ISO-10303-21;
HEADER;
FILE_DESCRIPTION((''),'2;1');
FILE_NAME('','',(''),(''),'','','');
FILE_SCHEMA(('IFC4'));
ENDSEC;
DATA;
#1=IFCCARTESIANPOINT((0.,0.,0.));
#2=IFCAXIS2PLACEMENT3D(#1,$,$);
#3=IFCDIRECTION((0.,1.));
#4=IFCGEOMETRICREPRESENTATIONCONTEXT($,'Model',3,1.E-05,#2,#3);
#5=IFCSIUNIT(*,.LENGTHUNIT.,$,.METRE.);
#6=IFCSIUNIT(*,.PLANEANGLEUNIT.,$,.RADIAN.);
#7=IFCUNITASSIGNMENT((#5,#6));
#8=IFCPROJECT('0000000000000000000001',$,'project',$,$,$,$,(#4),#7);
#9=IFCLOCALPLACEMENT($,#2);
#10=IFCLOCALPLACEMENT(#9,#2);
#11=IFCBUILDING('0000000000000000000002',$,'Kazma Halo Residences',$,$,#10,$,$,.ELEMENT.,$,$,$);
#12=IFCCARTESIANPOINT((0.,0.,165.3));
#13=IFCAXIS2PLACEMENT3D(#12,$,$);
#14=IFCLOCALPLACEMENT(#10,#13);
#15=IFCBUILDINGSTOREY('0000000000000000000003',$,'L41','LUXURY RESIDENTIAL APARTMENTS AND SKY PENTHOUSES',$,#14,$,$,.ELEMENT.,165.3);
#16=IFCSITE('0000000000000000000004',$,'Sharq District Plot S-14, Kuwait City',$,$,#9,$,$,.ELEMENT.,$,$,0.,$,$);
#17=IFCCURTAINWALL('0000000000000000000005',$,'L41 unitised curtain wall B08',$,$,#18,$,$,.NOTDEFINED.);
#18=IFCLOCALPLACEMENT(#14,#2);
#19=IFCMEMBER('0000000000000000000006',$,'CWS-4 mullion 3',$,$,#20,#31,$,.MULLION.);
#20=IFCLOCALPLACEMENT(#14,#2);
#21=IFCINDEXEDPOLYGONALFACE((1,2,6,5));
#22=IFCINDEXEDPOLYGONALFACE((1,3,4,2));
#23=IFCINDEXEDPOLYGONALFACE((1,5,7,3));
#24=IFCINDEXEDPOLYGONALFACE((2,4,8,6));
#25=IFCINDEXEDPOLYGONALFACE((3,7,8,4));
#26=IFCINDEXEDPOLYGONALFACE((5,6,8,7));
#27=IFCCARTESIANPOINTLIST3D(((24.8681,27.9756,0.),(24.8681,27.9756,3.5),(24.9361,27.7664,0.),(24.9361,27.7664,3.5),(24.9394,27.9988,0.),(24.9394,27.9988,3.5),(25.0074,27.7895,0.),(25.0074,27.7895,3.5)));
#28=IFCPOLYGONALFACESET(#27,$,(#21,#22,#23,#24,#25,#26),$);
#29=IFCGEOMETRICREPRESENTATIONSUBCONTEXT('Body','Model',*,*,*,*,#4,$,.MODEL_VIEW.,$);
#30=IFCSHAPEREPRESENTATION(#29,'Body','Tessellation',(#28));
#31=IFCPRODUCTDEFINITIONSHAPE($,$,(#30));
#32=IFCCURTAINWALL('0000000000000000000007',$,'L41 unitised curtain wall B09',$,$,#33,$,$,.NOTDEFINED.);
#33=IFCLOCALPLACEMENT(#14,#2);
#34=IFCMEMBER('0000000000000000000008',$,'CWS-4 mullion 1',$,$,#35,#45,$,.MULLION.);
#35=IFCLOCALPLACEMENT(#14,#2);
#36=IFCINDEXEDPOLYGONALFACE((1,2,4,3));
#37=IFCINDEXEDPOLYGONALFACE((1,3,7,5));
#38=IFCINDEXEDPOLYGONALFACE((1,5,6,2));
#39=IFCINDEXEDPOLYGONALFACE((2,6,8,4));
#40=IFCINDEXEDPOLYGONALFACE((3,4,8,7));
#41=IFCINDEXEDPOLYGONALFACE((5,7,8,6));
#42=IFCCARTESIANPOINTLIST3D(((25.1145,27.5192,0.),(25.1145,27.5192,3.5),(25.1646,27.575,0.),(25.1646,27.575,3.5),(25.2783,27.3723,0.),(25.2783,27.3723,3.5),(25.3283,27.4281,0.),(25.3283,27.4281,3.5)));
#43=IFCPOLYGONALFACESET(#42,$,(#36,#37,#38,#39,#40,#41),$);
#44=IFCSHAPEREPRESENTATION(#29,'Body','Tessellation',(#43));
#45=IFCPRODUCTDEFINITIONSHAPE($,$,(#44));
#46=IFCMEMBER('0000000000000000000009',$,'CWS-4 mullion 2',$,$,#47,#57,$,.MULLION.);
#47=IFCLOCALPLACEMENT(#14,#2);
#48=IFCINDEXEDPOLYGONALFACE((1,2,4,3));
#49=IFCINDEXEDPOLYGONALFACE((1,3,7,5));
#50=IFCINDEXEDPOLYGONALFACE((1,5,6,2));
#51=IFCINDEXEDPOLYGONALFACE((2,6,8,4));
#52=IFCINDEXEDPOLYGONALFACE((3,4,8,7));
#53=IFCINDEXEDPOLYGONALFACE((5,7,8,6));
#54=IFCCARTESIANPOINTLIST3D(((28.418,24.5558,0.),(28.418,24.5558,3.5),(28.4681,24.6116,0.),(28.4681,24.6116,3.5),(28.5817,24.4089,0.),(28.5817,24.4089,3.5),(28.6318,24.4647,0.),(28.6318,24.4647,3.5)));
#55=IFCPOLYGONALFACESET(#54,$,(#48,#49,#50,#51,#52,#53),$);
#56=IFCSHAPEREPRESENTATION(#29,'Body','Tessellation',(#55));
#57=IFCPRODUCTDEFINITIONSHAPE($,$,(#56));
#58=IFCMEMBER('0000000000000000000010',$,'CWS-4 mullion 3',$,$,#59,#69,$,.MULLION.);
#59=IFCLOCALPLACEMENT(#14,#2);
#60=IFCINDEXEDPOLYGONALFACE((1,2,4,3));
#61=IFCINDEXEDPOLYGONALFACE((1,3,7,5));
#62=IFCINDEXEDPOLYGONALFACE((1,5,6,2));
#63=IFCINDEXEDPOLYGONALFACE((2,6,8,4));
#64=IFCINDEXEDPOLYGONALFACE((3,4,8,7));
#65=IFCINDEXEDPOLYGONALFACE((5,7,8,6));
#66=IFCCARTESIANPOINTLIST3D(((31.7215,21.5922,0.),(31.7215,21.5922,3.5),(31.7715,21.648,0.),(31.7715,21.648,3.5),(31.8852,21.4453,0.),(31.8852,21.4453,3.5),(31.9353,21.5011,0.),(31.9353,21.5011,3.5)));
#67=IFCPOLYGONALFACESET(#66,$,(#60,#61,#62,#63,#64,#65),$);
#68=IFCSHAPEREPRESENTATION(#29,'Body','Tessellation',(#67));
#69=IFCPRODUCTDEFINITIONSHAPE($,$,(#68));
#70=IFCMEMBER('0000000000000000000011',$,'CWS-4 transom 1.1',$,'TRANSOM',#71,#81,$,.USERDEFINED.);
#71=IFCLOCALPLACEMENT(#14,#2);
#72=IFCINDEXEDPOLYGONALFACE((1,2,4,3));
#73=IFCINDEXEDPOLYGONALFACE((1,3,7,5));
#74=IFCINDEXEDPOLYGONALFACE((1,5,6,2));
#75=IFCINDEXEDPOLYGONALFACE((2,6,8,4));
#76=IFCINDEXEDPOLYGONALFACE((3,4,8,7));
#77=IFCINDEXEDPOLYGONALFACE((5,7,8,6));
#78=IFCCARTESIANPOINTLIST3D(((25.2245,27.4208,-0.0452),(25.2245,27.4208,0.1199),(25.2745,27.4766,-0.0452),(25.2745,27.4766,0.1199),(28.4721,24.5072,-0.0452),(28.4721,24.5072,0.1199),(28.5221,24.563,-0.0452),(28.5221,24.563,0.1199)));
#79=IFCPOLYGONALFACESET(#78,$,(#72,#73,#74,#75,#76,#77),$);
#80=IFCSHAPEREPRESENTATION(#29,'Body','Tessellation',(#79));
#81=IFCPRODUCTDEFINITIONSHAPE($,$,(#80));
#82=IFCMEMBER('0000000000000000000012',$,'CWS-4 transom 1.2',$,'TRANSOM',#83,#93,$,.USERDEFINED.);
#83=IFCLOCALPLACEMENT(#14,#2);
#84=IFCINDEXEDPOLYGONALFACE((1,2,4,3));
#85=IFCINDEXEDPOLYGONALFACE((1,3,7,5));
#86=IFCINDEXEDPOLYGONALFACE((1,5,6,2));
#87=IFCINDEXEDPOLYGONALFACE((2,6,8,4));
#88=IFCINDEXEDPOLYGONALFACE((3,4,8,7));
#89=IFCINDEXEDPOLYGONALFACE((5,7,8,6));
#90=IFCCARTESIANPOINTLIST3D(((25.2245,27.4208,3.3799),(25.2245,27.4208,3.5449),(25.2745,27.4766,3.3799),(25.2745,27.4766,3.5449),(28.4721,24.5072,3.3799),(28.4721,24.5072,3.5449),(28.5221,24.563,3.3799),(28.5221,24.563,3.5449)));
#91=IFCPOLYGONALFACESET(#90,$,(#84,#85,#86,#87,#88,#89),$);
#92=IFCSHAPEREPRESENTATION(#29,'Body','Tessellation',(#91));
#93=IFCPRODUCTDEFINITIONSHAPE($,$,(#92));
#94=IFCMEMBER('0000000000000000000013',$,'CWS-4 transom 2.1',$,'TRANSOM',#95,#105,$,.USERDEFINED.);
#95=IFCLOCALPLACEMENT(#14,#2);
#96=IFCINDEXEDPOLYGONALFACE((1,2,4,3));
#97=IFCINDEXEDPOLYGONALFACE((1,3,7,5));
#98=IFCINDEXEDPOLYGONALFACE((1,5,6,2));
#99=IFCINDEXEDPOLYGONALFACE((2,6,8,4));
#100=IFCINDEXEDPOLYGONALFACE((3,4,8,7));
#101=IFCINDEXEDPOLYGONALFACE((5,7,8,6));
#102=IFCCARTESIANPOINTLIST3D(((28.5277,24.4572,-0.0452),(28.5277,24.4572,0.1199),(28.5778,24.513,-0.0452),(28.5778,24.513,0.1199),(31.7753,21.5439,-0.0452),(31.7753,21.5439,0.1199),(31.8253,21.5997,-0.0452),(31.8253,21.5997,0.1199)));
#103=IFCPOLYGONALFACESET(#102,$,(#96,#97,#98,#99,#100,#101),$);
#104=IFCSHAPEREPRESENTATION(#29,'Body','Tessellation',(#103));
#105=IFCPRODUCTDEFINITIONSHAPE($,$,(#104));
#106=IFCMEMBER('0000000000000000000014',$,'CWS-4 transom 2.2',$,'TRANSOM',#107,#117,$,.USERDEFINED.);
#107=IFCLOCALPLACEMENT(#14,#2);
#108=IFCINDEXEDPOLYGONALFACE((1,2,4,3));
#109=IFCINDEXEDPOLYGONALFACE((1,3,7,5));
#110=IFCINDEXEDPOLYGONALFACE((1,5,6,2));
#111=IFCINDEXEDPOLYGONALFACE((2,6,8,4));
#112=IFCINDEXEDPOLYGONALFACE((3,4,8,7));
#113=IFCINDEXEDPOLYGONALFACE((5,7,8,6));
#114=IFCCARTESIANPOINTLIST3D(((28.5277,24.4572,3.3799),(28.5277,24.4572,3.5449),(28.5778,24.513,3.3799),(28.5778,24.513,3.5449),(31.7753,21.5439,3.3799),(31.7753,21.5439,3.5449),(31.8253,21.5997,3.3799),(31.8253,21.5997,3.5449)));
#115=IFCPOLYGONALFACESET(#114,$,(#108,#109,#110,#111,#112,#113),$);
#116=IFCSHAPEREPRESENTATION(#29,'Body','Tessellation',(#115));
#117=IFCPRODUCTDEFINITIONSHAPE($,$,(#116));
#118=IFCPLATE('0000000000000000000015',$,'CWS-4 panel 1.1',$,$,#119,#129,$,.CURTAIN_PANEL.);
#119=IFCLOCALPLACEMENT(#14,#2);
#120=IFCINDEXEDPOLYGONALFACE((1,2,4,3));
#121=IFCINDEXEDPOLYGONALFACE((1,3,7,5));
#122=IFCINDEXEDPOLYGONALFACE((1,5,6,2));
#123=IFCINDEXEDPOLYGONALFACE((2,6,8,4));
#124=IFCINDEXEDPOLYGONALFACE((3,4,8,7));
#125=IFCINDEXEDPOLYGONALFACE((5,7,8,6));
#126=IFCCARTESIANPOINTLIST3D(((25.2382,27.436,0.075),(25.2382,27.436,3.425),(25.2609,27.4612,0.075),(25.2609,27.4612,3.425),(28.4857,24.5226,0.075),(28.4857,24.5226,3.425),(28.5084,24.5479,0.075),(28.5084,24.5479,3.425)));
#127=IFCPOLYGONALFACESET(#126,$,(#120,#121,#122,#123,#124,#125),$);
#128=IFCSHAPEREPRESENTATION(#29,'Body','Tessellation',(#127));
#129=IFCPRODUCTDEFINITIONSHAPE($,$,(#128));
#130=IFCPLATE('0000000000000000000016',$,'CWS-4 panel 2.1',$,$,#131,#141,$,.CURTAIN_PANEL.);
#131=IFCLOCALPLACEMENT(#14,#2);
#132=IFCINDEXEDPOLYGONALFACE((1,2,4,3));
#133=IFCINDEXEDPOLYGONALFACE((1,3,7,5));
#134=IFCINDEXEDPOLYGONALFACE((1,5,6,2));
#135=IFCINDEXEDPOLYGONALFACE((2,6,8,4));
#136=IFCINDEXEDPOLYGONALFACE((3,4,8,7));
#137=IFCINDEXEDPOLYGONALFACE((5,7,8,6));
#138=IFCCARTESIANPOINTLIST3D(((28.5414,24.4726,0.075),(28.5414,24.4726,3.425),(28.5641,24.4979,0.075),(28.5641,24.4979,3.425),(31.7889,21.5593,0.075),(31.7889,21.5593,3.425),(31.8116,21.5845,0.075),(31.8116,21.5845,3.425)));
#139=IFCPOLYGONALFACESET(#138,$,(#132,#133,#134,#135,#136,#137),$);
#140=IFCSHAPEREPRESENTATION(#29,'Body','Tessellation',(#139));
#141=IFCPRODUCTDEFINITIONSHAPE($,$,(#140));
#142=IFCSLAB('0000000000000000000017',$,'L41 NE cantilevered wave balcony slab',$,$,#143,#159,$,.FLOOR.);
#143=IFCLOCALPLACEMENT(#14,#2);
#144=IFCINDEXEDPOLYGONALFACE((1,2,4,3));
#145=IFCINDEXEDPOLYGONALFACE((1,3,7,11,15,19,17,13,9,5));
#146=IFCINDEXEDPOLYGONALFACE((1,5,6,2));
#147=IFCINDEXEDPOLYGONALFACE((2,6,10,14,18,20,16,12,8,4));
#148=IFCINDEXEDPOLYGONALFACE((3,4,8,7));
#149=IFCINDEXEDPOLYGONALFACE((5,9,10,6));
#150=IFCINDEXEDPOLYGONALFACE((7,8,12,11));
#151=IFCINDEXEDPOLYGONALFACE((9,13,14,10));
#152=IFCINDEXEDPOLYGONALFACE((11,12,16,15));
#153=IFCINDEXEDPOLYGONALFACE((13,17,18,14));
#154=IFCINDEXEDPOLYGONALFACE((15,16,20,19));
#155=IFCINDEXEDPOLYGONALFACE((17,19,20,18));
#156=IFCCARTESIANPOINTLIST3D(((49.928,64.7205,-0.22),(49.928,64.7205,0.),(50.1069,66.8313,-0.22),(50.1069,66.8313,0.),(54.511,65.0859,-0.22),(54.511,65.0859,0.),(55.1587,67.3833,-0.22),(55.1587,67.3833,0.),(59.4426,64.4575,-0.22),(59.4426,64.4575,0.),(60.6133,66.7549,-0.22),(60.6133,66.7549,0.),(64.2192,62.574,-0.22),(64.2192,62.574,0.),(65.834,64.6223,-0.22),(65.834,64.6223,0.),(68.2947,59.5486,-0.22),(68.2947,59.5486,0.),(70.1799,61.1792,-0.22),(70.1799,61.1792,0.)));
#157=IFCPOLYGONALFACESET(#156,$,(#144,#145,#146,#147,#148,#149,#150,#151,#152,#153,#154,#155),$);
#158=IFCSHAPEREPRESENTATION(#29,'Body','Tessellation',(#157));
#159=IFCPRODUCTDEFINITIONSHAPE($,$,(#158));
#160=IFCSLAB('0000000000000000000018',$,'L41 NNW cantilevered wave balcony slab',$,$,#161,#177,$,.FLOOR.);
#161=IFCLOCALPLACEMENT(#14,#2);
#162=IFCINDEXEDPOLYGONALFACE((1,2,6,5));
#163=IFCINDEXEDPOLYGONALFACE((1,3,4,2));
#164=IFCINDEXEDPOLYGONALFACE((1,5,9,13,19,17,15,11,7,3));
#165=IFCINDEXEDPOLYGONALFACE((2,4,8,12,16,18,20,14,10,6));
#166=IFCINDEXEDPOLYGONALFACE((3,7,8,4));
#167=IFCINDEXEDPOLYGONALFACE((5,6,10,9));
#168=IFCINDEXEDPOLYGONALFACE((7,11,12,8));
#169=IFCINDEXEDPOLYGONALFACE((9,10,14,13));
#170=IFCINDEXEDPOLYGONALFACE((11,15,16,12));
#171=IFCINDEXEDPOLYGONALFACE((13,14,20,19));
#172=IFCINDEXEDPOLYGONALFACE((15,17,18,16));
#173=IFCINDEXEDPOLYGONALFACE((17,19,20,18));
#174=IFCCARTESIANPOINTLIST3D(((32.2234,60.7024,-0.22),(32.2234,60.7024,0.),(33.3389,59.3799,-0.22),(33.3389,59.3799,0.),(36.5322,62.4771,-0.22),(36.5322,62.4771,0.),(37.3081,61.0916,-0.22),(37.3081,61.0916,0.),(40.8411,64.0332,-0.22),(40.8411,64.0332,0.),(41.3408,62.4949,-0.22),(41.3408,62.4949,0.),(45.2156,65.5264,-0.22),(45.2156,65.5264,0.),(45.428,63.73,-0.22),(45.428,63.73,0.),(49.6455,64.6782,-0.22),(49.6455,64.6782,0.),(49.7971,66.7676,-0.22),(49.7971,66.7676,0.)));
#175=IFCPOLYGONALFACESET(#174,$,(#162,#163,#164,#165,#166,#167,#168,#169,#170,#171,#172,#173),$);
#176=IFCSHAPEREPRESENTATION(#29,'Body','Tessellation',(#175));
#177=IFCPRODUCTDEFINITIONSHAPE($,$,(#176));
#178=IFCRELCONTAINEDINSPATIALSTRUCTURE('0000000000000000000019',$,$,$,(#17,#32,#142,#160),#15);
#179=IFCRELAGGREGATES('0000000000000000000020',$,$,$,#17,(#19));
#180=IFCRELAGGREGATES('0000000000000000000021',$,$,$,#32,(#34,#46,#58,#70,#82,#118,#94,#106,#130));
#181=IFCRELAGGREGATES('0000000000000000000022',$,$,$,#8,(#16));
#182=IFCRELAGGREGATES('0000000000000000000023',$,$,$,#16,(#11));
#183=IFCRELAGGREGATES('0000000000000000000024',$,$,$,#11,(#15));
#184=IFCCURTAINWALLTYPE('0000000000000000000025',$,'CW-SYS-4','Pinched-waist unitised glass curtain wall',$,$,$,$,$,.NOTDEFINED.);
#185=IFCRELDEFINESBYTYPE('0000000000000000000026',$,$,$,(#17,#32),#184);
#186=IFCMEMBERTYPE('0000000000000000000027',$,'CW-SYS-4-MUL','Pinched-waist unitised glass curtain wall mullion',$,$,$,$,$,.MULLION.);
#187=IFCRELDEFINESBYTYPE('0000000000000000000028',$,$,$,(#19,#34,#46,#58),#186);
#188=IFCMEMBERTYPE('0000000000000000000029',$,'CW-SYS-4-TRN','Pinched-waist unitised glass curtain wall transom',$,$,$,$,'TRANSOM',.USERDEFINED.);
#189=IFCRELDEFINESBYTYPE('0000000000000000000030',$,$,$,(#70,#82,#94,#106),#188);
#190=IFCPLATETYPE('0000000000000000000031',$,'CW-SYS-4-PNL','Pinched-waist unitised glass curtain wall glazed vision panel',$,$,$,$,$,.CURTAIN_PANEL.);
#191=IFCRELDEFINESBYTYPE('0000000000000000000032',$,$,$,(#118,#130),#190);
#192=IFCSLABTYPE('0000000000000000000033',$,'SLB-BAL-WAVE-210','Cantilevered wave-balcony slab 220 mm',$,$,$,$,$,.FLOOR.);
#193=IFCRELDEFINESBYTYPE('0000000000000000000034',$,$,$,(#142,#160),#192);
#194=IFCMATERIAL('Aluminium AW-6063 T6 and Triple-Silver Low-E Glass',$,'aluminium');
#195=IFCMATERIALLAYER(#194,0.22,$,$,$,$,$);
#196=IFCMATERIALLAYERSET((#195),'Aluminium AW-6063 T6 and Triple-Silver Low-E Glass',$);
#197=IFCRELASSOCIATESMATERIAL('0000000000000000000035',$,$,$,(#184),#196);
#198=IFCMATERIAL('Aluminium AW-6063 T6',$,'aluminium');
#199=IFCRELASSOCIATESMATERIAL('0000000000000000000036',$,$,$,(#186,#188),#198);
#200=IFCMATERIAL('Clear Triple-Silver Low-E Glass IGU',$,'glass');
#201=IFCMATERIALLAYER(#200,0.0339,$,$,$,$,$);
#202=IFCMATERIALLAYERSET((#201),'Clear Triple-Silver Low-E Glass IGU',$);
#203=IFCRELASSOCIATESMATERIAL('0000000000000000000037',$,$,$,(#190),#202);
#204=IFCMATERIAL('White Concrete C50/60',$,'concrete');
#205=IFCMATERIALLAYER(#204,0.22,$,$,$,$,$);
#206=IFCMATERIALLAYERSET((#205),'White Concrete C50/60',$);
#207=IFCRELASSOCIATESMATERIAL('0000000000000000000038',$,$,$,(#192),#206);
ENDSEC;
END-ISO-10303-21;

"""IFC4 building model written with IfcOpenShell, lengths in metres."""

from ifc_helpers import new_model, si_unit, direction, frame, origin, origin_2d, place, context, subcontext, project, spatial, polyline, rectangle, outline, extrude, material, layer, layer_set, material_profile, profile_set, type_object, element, aggregate, save


model = new_model("IFC4")

# Units and contexts
model_context = context("Model", 3, precision=1e-05, world=origin(), true_north=direction((0.0, 1.0)))
body_context = subcontext(model_context, "Body", "Model", "MODEL_VIEW")
ifc_project = project(units=[si_unit("LENGTHUNIT", "METRE"), si_unit("PLANEANGLEUNIT", "RADIAN")], contexts=[model_context])

# Site, building, storey
site_placement = place(None, origin())
site = spatial("IfcSite", under=ifc_project, at=site_placement, Name="Sharq District Plot S-14, Kuwait City", CompositionType="ELEMENT", RefElevation=0.0)
building_placement = place(site_placement, origin())
building = spatial("IfcBuilding", under=site, at=building_placement, Name="Kazma Halo Residences", CompositionType="ELEMENT")
storey_placement = place(building_placement, frame((0.0, 0.0, 165.3)))
storey = spatial("IfcBuildingStorey", under=building, at=storey_placement, Name="L41", Description="LUXURY RESIDENTIAL APARTMENTS AND SKY PENTHOUSES", CompositionType="ELEMENT", Elevation=165.3)

# Curtain wall, member
ifc_material_1 = material(Name="Aluminium AW-6063 T6 and Triple-Silver Low-E Glass", Category="aluminium")
ifc_layer_1 = layer(ifc_material_1, 0.22)
ifc_layer_set_1 = layer_set([ifc_layer_1], Name="Aluminium AW-6063 T6 and Triple-Silver Low-E Glass")
curtain_wall_type = type_object("IfcCurtainWallType", Name="CW-SYS-4", Description="Pinched-waist unitised glass curtain wall", PredefinedType="NOTDEFINED", material=ifc_layer_set_1)
curtain_wall_1_placement = place(storey_placement, origin())
curtain_wall_1 = element("IfcCurtainWall", 1, at=curtain_wall_1_placement, inside=storey, type_object=curtain_wall_type, Name="L41 unitised curtain wall B08", PredefinedType="NOTDEFINED")
ifc_material_2 = material(Name="Aluminium AW-6063 T6", Category="aluminium")
ifc_material_profile_1 = material_profile(ifc_material_2, rectangle(XDim=0.075, YDim=0.22, at=origin_2d()), Name="CWM-75x220")
ifc_profile_set_1 = profile_set([ifc_material_profile_1], Name="Aluminium AW-6063 T6")
member_type_1 = type_object("IfcMemberType", Name="CW-SYS-4-MUL", Description="Pinched-waist unitised glass curtain wall mullion", PredefinedType="MULLION", material=ifc_profile_set_1)
member_1_placement = place(storey_placement, frame((24.9377, 27.8826, 0.0), z_axis=(0.0, 0.0, 1.0), x_axis=(0.951058, 0.309014, 0.0)))
member_1 = element("IfcMember", 2, at=member_1_placement, type_object=member_type_1, Name="CWS-4 mullion 3", PredefinedType="MULLION", context=body_context, shape_type="SweptSolid", body=[
    extrude(rectangle(XDim=0.075, YDim=0.22, at=origin_2d()), origin(), (0.0, 0.0, 1.0), 3.5),
])
aggregate(curtain_wall_1, [member_1])

# Curtain wall, members, plates
curtain_wall_2_placement = place(storey_placement, origin())
curtain_wall_2 = element("IfcCurtainWall", 3, at=curtain_wall_2_placement, inside=storey, type_object=curtain_wall_type, Name="L41 unitised curtain wall B09", PredefinedType="NOTDEFINED")
member_2_placement = place(storey_placement, frame((25.2214, 27.4736, 0.0), z_axis=(0.0, 0.0, 1.0), x_axis=(0.66777, 0.744368, 0.0)))
member_2 = element("IfcMember", 4, at=member_2_placement, type_object=member_type_1, Name="CWS-4 mullion 1", PredefinedType="MULLION", context=body_context, shape_type="SweptSolid", body=[
    extrude(rectangle(XDim=0.075, YDim=0.22, at=origin_2d()), origin(), (0.0, 0.0, 1.0), 3.5),
])
member_3_placement = place(storey_placement, frame((28.5249, 24.5103, 0.0), z_axis=(0.0, 0.0, 1.0), x_axis=(0.66777, 0.744368, 0.0)))
member_3 = element("IfcMember", 5, at=member_3_placement, type_object=member_type_1, Name="CWS-4 mullion 2", PredefinedType="MULLION", context=body_context, shape_type="SweptSolid", body=[
    extrude(rectangle(XDim=0.075, YDim=0.22, at=origin_2d()), origin(), (0.0, 0.0, 1.0), 3.5),
])
member_4_placement = place(storey_placement, frame((31.8284, 21.5466, 0.0), z_axis=(0.0, 0.0, 1.0), x_axis=(0.66777, 0.744368, 0.0)))
member_4 = element("IfcMember", 6, at=member_4_placement, type_object=member_type_1, Name="CWS-4 mullion 3", PredefinedType="MULLION", context=body_context, shape_type="SweptSolid", body=[
    extrude(rectangle(XDim=0.075, YDim=0.22, at=origin_2d()), origin(), (0.0, 0.0, 1.0), 3.5),
])
ifc_material_profile_2 = material_profile(ifc_material_2, rectangle(XDim=0.075, YDim=0.165, at=origin_2d()), Name="CWT-75x165")
ifc_profile_set_2 = profile_set([ifc_material_profile_2], Name="Aluminium AW-6063 T6")
member_type_2 = type_object("IfcMemberType", Name="CW-SYS-4-TRN", Description="Pinched-waist unitised glass curtain wall transom", ElementType="TRANSOM", PredefinedType="USERDEFINED", material=ifc_profile_set_2)
member_5_placement = place(storey_placement, frame((25.2495, 27.4487, 0.0374), z_axis=(0.744345, -0.667795, 0.0), x_axis=(0.667795, 0.744345, 0.0)))
member_5 = element("IfcMember", 7, at=member_5_placement, type_object=member_type_2, Name="CWS-4 transom 1.1", ObjectType="TRANSOM", PredefinedType="USERDEFINED", context=body_context, shape_type="SweptSolid", body=[
    extrude(rectangle(XDim=0.075, YDim=0.165, at=origin_2d()), origin(), (0.0, 0.0, 1.0), 4.363),
])
member_6_placement = place(storey_placement, frame((25.2495, 27.4487, 3.4624), z_axis=(0.744345, -0.667795, 0.0), x_axis=(0.667795, 0.744345, 0.0)))
member_6 = element("IfcMember", 8, at=member_6_placement, type_object=member_type_2, Name="CWS-4 transom 1.2", ObjectType="TRANSOM", PredefinedType="USERDEFINED", context=body_context, shape_type="SweptSolid", body=[
    extrude(rectangle(XDim=0.075, YDim=0.165, at=origin_2d()), origin(), (0.0, 0.0, 1.0), 4.363),
])
member_7_placement = place(storey_placement, frame((28.5527, 24.4851, 0.0374), z_axis=(0.744373, -0.667764, 0.0), x_axis=(0.667764, 0.744373, 0.0)))
member_7 = element("IfcMember", 9, at=member_7_placement, type_object=member_type_2, Name="CWS-4 transom 2.1", ObjectType="TRANSOM", PredefinedType="USERDEFINED", context=body_context, shape_type="SweptSolid", body=[
    extrude(rectangle(XDim=0.075, YDim=0.165, at=origin_2d()), origin(), (0.0, 0.0, 1.0), 4.3628),
])
member_8_placement = place(storey_placement, frame((28.5527, 24.4851, 3.4624), z_axis=(0.744373, -0.667764, 0.0), x_axis=(0.667764, 0.744373, 0.0)))
member_8 = element("IfcMember", 10, at=member_8_placement, type_object=member_type_2, Name="CWS-4 transom 2.2", ObjectType="TRANSOM", PredefinedType="USERDEFINED", context=body_context, shape_type="SweptSolid", body=[
    extrude(rectangle(XDim=0.075, YDim=0.165, at=origin_2d()), origin(), (0.0, 0.0, 1.0), 4.3628),
])
ifc_material_3 = material(Name="Clear Triple-Silver Low-E Glass IGU", Category="glass")
ifc_layer_2 = layer(ifc_material_3, 0.0339)
ifc_layer_set_2 = layer_set([ifc_layer_2], Name="Clear Triple-Silver Low-E Glass IGU")
plate_type = type_object("IfcPlateType", Name="CW-SYS-4-PNL", Description="Pinched-waist unitised glass curtain wall glazed vision panel", PredefinedType="CURTAIN_PANEL", material=ifc_layer_set_2)
plate_1_placement = place(storey_placement, frame((26.8733, 25.9919, 0.075), z_axis=(0.0, 0.0, 1.0), x_axis=(0.744368, -0.66777, 0.0)))
plate_1 = element("IfcPlate", 11, at=plate_1_placement, type_object=plate_type, Name="CWS-4 panel 1.1", PredefinedType="CURTAIN_PANEL", context=body_context, shape_type="SweptSolid", body=[
    extrude(rectangle(XDim=4.3628, YDim=0.0339, at=origin_2d()), origin(), (0.0, 0.0, 1.0), 3.3501),
])
plate_2_placement = place(storey_placement, frame((30.1765, 23.0286, 0.075), z_axis=(0.0, 0.0, 1.0), x_axis=(0.744368, -0.66777, 0.0)))
plate_2 = element("IfcPlate", 12, at=plate_2_placement, type_object=plate_type, Name="CWS-4 panel 2.1", PredefinedType="CURTAIN_PANEL", context=body_context, shape_type="SweptSolid", body=[
    extrude(rectangle(XDim=4.3628, YDim=0.0339, at=origin_2d()), origin(), (0.0, 0.0, 1.0), 3.3501),
])
aggregate(curtain_wall_2, [member_2, member_3, member_4, member_5, member_6, plate_1, member_7, member_8, plate_2])

# Slabs
ifc_material_4 = material(Name="White Concrete C50/60", Category="concrete")
ifc_layer_3 = layer(ifc_material_4, 0.22)
ifc_layer_set_3 = layer_set([ifc_layer_3], Name="White Concrete C50/60")
slab_type_1 = type_object("IfcSlabType", Name="SLB-BAL-WAVE-210", Description="Cantilevered wave-balcony slab 220 mm", PredefinedType="FLOOR", material=ifc_layer_set_3)
slab_1_placement = place(storey_placement, frame((0.0, 0.0, -0.22)))
element("IfcSlab", 13, at=slab_1_placement, inside=storey, type_object=slab_type_1, Name="L41 NE cantilevered wave balcony slab", PredefinedType="FLOOR", context=body_context, shape_type="SweptSolid", body=[
    extrude(outline(polyline([(68.2947, 59.5486), (64.2192, 62.574), (59.4426, 64.4575), (54.511, 65.0859), (49.928, 64.7205), (50.1069, 66.8313), (55.1587, 67.3833), (60.6133, 66.7549), (65.834, 64.6223), (70.1799, 61.1792), (68.2947, 59.5486)])), origin(), (0.0, 0.0, 1.0), 0.22),
])
slab_2_placement = place(storey_placement, frame((0.0, 0.0, -0.22)))
element("IfcSlab", 14, at=slab_2_placement, inside=storey, type_object=slab_type_1, Name="L41 NNW cantilevered wave balcony slab", PredefinedType="FLOOR", context=body_context, shape_type="SweptSolid", body=[
    extrude(outline(polyline([(49.6455, 64.6782), (45.428, 63.73), (41.3408, 62.4949), (37.3081, 61.0916), (33.3389, 59.3799), (32.2234, 60.7024), (36.5322, 62.4771), (40.8411, 64.0332), (45.2156, 65.5264), (49.7971, 66.7676), (49.6455, 64.6782)])), origin(), (0.0, 0.0, 1.0), 0.22),
])

save(model, "model.ifc")
